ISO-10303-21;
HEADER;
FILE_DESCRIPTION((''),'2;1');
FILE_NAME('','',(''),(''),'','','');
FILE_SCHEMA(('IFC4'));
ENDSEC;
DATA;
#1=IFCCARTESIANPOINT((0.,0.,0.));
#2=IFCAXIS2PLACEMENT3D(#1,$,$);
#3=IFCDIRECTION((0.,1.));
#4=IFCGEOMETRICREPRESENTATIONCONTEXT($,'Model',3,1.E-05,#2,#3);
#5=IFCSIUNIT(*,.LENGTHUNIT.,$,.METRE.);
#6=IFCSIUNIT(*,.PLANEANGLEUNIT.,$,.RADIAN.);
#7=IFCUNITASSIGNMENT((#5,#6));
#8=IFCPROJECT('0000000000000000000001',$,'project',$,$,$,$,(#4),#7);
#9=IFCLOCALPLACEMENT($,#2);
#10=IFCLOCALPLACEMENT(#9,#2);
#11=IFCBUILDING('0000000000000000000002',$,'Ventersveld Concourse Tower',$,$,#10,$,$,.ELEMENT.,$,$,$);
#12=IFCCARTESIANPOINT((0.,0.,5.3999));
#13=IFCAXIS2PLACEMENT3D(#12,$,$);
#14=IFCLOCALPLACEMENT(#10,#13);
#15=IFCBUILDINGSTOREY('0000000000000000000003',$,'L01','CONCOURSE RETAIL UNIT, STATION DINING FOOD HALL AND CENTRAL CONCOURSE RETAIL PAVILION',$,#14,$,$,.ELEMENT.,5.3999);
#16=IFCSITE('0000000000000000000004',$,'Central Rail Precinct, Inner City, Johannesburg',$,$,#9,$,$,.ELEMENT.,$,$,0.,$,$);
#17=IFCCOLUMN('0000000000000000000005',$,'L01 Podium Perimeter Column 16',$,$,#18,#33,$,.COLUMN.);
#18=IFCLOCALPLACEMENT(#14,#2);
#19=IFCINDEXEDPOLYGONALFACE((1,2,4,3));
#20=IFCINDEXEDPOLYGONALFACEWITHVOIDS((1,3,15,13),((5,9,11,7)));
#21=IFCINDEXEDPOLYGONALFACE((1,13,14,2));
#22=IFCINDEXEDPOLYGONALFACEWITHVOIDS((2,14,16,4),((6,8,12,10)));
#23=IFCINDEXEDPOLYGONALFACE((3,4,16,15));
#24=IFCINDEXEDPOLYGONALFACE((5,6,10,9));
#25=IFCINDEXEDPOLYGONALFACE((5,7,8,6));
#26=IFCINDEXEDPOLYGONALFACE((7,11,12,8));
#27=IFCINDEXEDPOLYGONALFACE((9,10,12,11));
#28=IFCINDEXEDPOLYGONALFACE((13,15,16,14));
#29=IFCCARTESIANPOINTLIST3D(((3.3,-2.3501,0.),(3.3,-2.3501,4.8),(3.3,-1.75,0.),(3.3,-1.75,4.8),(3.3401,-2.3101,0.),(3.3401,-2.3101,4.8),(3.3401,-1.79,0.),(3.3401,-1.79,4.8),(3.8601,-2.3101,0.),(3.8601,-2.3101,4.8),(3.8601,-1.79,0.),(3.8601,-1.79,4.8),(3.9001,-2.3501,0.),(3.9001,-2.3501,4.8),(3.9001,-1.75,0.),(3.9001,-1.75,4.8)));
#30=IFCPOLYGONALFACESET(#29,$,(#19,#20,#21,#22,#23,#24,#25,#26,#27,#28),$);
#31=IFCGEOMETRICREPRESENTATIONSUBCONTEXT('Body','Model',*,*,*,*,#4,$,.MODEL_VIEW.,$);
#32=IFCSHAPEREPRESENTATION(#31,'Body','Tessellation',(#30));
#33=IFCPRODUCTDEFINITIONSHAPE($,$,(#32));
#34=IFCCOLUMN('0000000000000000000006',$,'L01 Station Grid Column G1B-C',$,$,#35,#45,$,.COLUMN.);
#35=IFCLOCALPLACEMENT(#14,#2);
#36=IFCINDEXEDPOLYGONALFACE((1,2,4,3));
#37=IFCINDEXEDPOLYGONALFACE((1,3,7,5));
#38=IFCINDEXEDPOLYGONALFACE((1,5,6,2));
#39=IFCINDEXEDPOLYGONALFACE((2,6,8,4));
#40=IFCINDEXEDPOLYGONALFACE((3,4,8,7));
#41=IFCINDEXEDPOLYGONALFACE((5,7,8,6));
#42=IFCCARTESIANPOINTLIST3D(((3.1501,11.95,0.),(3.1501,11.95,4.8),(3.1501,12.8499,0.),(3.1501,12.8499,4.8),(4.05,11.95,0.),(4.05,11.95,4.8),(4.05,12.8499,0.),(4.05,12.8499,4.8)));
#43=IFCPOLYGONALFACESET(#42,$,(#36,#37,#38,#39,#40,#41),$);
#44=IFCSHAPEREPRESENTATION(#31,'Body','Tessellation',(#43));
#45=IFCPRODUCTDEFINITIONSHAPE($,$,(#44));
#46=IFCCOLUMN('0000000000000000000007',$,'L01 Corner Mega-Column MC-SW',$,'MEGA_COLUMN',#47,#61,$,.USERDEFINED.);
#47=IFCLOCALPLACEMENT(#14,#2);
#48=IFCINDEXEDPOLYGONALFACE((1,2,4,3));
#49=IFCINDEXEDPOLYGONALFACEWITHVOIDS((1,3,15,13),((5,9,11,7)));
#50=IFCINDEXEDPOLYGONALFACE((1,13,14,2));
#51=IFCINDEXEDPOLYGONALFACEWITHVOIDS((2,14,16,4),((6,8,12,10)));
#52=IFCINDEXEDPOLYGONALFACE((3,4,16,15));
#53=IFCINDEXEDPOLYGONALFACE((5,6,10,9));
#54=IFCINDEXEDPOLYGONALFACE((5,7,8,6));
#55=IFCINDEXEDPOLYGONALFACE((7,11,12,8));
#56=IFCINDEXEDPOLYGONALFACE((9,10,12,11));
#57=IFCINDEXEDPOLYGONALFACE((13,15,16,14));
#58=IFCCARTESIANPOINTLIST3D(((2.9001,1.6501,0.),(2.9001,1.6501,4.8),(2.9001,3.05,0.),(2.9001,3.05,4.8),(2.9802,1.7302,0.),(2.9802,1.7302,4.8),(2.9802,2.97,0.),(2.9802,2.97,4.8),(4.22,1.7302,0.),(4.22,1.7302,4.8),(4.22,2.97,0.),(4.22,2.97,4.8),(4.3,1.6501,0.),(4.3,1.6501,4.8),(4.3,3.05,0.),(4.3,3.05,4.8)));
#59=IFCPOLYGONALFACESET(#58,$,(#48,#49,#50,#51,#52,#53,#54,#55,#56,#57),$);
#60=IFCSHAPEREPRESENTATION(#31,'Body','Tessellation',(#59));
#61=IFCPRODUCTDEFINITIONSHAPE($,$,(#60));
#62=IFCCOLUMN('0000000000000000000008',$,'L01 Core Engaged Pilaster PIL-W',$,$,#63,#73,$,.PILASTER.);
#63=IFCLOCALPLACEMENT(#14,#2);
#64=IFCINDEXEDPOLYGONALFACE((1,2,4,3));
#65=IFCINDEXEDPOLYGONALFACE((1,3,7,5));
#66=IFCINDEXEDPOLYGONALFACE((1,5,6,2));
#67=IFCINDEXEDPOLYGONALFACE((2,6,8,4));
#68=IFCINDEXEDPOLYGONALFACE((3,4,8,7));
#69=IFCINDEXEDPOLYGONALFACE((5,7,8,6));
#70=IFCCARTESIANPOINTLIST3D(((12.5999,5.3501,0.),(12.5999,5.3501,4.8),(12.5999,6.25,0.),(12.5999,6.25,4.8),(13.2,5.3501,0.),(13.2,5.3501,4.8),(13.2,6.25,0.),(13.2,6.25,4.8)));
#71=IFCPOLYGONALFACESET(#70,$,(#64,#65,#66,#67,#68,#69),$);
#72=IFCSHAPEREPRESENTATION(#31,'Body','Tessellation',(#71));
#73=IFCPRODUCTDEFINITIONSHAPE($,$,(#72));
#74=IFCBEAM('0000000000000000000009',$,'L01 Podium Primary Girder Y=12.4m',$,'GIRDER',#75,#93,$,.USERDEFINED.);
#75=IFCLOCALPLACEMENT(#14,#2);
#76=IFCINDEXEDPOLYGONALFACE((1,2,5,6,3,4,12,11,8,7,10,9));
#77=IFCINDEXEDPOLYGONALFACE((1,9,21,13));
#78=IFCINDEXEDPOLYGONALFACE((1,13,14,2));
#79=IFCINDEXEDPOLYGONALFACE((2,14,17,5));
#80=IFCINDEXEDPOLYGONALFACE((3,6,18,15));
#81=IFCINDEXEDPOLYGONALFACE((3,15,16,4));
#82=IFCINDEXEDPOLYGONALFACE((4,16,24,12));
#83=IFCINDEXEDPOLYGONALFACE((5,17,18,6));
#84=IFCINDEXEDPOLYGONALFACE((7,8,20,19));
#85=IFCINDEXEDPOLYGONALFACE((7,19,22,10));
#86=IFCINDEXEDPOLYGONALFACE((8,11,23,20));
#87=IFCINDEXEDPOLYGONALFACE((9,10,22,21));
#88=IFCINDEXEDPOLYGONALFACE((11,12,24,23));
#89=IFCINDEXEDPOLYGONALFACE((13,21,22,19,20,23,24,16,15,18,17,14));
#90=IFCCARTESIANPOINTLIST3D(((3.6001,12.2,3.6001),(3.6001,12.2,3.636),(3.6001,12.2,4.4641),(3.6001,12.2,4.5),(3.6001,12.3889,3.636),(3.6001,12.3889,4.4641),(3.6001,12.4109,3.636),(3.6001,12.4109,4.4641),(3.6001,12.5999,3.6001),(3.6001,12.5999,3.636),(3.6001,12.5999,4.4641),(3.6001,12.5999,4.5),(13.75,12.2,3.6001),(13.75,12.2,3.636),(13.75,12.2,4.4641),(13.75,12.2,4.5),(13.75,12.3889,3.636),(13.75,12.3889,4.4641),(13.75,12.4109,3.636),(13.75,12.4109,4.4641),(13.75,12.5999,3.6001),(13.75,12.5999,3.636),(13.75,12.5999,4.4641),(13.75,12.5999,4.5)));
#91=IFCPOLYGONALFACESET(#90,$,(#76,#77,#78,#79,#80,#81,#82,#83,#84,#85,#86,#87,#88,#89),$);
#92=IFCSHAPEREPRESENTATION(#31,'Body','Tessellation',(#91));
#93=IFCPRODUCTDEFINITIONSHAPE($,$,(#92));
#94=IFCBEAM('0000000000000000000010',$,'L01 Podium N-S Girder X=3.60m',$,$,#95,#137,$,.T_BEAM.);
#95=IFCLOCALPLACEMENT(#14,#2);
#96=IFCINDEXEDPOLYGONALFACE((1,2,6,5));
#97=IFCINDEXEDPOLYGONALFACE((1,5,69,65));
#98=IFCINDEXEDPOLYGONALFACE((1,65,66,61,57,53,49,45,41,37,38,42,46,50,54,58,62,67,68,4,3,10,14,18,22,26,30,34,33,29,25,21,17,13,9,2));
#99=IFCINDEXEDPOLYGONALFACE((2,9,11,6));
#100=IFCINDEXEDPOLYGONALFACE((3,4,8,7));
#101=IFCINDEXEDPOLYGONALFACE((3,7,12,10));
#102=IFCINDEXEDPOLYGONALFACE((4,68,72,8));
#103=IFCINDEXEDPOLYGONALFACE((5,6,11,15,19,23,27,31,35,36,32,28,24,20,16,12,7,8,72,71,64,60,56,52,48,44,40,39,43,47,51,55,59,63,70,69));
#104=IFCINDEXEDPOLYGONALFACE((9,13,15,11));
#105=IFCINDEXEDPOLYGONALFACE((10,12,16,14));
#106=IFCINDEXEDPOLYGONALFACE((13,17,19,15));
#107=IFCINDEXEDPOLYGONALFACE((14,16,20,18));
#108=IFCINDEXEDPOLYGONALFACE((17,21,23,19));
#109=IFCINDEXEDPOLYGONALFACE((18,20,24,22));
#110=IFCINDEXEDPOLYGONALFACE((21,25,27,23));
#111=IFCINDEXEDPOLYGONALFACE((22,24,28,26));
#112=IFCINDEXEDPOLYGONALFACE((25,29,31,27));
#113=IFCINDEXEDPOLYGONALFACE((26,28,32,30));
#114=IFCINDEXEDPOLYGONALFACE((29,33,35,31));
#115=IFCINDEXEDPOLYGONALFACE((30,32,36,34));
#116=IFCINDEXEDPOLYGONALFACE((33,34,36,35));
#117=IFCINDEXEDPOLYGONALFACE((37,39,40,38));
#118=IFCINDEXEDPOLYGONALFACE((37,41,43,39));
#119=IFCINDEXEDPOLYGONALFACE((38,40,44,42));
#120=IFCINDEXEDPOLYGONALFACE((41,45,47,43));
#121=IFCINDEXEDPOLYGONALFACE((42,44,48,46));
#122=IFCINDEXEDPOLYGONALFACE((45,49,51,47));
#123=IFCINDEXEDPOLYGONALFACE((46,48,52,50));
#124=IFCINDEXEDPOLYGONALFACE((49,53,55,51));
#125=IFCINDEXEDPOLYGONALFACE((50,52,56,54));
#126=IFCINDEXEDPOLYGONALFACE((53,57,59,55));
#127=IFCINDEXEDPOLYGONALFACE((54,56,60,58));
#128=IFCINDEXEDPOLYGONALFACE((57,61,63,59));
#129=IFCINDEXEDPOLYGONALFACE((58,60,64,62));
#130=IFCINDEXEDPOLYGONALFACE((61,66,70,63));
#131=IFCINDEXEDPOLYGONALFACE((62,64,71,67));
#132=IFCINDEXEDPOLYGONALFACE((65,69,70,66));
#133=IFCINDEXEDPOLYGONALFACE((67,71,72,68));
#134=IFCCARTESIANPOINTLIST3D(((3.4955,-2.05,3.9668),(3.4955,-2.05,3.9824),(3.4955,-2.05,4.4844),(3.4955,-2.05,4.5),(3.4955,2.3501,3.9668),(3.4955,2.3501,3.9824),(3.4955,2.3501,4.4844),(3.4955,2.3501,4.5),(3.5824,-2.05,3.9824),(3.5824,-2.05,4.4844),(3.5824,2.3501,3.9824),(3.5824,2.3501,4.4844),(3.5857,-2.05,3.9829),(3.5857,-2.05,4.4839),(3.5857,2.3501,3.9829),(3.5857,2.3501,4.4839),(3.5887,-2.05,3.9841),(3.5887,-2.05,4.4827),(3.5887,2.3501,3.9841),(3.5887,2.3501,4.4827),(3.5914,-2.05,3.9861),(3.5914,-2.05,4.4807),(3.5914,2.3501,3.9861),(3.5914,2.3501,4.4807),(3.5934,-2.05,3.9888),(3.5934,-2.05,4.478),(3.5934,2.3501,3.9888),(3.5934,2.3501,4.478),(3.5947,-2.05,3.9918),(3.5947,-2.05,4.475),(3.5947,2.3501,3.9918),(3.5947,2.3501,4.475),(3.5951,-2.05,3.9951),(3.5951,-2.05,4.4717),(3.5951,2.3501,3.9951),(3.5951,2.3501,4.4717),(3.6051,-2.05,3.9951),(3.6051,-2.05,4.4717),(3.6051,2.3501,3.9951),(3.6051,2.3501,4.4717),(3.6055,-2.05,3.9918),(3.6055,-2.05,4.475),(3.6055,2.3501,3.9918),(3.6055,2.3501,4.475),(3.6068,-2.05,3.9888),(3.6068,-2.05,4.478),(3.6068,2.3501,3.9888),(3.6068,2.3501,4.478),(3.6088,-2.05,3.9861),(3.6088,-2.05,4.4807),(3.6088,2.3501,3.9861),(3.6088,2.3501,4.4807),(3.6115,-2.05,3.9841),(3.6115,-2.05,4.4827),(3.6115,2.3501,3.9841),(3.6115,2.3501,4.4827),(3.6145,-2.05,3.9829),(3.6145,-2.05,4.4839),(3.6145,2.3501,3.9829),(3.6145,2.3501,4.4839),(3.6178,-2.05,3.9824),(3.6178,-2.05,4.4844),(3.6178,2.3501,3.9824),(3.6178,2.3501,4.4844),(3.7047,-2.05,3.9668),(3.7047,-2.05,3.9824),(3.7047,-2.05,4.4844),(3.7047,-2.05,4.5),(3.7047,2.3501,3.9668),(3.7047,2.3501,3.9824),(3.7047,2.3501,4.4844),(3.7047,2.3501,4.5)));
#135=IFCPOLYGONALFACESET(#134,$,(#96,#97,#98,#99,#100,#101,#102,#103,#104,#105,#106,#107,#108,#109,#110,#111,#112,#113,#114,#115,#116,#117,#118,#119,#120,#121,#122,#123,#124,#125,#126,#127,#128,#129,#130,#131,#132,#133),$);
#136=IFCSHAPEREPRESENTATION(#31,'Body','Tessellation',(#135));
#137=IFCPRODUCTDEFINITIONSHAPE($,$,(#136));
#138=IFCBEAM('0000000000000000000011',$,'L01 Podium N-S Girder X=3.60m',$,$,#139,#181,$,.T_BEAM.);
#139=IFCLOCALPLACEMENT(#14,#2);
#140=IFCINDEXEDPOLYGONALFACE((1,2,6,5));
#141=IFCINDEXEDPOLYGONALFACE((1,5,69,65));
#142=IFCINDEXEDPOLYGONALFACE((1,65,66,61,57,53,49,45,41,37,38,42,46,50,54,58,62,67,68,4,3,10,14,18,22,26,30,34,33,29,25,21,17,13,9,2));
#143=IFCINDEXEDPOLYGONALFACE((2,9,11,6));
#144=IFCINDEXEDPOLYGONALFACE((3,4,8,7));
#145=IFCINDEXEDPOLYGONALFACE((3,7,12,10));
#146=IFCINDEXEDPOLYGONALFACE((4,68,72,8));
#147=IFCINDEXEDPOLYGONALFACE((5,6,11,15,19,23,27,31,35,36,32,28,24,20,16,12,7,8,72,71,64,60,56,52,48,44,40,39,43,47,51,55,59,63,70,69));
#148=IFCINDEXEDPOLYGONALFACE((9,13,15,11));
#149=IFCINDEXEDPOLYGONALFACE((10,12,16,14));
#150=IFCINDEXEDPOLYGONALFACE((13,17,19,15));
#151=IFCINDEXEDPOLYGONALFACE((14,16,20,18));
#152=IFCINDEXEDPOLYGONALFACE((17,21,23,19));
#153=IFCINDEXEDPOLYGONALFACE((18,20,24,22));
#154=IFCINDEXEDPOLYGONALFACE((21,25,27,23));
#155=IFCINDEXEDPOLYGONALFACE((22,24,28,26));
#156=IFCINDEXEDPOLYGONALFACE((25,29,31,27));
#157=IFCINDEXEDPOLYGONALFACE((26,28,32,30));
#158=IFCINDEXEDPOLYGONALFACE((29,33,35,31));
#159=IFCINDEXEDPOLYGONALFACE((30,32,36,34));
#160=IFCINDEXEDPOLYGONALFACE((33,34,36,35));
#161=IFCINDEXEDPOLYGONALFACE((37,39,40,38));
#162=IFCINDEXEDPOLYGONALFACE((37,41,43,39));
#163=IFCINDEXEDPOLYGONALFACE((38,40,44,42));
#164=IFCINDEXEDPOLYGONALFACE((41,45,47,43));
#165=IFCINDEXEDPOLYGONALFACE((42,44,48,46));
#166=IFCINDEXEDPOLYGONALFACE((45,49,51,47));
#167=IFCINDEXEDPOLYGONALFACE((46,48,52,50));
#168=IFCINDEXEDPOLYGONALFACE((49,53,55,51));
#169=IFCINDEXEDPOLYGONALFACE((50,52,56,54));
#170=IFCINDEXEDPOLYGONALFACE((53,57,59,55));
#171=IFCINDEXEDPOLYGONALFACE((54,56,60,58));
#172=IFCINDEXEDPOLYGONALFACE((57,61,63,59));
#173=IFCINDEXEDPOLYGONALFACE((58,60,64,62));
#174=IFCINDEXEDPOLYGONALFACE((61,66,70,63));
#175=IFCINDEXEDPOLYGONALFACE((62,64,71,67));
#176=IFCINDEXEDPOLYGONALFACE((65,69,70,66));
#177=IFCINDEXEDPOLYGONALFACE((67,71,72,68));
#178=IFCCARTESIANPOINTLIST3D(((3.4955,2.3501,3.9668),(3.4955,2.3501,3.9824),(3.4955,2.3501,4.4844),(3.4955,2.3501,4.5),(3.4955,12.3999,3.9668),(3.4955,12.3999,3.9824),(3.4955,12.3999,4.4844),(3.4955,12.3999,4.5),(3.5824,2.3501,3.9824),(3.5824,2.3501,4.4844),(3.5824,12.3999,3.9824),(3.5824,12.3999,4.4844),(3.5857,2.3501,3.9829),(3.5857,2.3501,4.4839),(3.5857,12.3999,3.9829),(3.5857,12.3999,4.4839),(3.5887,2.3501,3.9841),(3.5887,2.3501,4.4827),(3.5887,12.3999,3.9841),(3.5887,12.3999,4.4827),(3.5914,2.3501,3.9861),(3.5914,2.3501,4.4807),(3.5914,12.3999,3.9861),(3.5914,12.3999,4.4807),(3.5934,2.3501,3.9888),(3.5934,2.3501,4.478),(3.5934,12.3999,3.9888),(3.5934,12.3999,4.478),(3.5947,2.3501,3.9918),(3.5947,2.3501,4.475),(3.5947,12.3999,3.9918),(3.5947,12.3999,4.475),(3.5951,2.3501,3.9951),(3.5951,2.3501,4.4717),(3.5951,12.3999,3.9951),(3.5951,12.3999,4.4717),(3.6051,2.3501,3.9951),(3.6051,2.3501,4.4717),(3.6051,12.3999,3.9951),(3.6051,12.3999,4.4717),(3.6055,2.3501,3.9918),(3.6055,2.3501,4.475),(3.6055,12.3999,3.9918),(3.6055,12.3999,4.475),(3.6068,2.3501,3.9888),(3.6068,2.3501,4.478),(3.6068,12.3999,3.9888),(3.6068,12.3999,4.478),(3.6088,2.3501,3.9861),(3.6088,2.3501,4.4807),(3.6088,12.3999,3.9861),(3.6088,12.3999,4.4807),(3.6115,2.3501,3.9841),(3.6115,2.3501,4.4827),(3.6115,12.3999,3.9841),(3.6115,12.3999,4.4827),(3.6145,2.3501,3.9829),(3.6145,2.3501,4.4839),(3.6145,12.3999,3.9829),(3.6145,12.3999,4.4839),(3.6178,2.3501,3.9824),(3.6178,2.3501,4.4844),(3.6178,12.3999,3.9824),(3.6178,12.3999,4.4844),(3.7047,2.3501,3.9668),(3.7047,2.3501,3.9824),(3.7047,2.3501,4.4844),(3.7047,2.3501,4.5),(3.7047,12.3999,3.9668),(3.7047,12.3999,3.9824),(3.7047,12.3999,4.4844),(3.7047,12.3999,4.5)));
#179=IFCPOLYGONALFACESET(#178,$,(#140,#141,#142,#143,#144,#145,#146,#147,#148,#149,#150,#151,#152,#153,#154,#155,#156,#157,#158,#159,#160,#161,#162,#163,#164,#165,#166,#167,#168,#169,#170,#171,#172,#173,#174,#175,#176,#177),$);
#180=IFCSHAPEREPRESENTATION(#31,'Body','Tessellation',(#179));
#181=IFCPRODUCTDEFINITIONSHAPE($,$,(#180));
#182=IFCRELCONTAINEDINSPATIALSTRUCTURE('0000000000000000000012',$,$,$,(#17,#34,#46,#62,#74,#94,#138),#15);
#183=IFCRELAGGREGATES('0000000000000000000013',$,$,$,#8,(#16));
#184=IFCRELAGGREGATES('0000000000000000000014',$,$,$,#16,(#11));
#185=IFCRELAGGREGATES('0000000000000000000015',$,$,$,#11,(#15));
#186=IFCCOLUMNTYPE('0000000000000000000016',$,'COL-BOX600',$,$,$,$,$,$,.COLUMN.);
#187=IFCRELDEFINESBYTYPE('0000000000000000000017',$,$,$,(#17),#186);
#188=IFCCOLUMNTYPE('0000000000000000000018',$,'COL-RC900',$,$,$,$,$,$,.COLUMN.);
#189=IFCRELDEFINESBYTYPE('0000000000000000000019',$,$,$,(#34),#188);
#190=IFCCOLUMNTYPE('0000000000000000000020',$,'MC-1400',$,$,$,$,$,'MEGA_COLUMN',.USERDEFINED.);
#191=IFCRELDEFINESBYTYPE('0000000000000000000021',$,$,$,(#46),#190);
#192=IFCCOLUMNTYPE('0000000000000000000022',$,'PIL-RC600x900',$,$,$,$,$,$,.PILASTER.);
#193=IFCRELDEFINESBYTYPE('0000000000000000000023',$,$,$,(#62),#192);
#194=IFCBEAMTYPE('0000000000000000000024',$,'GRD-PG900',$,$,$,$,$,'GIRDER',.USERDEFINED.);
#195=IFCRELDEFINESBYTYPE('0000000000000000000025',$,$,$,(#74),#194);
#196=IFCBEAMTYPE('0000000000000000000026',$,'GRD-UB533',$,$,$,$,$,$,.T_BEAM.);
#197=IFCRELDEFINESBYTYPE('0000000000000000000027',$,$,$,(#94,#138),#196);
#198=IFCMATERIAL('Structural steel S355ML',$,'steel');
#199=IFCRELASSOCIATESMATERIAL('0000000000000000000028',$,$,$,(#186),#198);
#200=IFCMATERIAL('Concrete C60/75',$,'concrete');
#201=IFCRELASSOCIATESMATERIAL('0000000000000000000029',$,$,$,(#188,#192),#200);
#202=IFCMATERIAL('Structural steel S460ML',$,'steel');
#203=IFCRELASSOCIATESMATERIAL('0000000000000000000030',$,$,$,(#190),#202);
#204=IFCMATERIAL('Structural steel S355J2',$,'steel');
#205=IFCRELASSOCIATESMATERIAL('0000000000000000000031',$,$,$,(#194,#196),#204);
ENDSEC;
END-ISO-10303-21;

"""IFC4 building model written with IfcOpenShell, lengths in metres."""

from ifc_helpers import new_model, si_unit, direction, frame, origin, origin_2d, place, context, subcontext, project, spatial, rectangle, hollow_rectangle, i_section, extrude, material, material_profile, profile_set, type_object, element, save


model = new_model("IFC4")

# Units and contexts
model_context = context("Model", 3, precision=1e-05, world=origin(), true_north=direction((0.0, 1.0)))
body_context = subcontext(model_context, "Body", "Model", "MODEL_VIEW")
ifc_project = project(units=[si_unit("LENGTHUNIT", "METRE"), si_unit("PLANEANGLEUNIT", "RADIAN")], contexts=[model_context])

# Site, building, storey
site_placement = place(None, origin())
site = spatial("IfcSite", under=ifc_project, at=site_placement, Name="Central Rail Precinct, Inner City, Johannesburg", CompositionType="ELEMENT", RefElevation=0.0)
building_placement = place(site_placement, origin())
building = spatial("IfcBuilding", under=site, at=building_placement, Name="Ventersveld Concourse Tower", CompositionType="ELEMENT")
storey_placement = place(building_placement, frame((0.0, 0.0, 5.3999)))
storey = spatial("IfcBuildingStorey", under=building, at=storey_placement, Name="L01", Description="CONCOURSE RETAIL UNIT, STATION DINING FOOD HALL AND CENTRAL CONCOURSE RETAIL PAVILION", CompositionType="ELEMENT", Elevation=5.3999)

# Columns
ifc_material_1 = material(Name="Structural steel S355ML", Category="steel")
ifc_material_profile_1 = material_profile(ifc_material_1, hollow_rectangle(XDim=0.6001, YDim=0.6001, WallThickness=0.04, at=origin_2d()), Name="BOX 600x600x40")
ifc_profile_set_1 = profile_set([ifc_material_profile_1], Name="Structural steel S355ML")
column_type_1 = type_object("IfcColumnType", Name="COL-BOX600", PredefinedType="COLUMN", material=ifc_profile_set_1)
column_1_placement = place(storey_placement, frame((3.6001, -2.05, 0.0), z_axis=(0.0, 0.0, 1.0), x_axis=(1.0, 0.0, 0.0)))
element("IfcColumn", 1, at=column_1_placement, inside=storey, type_object=column_type_1, Name="L01 Podium Perimeter Column 16", PredefinedType="COLUMN", context=body_context, shape_type="SweptSolid", body=[
    extrude(hollow_rectangle(XDim=0.6001, YDim=0.6001, WallThickness=0.04, at=origin_2d()), origin(), (0.0, 0.0, 1.0), 4.8),
])
ifc_material_2 = material(Name="Concrete C60/75", Category="concrete")
ifc_material_profile_2 = material_profile(ifc_material_2, rectangle(XDim=0.8999, YDim=0.8999, at=origin_2d()), Name="RC 900x900")
ifc_profile_set_2 = profile_set([ifc_material_profile_2], Name="Concrete C60/75")
column_type_2 = type_object("IfcColumnType", Name="COL-RC900", PredefinedType="COLUMN", material=ifc_profile_set_2)
column_2_placement = place(storey_placement, frame((3.6001, 12.3999, 0.0), z_axis=(0.0, 0.0, 1.0), x_axis=(1.0, 0.0, 0.0)))
element("IfcColumn", 2, at=column_2_placement, inside=storey, type_object=column_type_2, Name="L01 Station Grid Column G1B-C", PredefinedType="COLUMN", context=body_context, shape_type="SweptSolid", body=[
    extrude(rectangle(XDim=0.8999, YDim=0.8999, at=origin_2d()), origin(), (0.0, 0.0, 1.0), 4.8),
])
ifc_material_3 = material(Name="Structural steel S460ML", Category="steel")
ifc_material_profile_3 = material_profile(ifc_material_3, hollow_rectangle(XDim=1.3999, YDim=1.3999, WallThickness=0.0801, at=origin_2d()), Name="BOX 1400x1400x80")
ifc_profile_set_3 = profile_set([ifc_material_profile_3], Name="Structural steel S460ML")
column_type_3 = type_object("IfcColumnType", Name="MC-1400", ElementType="MEGA_COLUMN", PredefinedType="USERDEFINED", material=ifc_profile_set_3)
column_3_placement = place(storey_placement, frame((3.6001, 2.3501, 0.0), z_axis=(0.0, 0.0, 1.0), x_axis=(1.0, 0.0, 0.0)))
element("IfcColumn", 3, at=column_3_placement, inside=storey, type_object=column_type_3, Name="L01 Corner Mega-Column MC-SW", ObjectType="MEGA_COLUMN", PredefinedType="USERDEFINED", context=body_context, shape_type="SweptSolid", body=[
    extrude(hollow_rectangle(XDim=1.3999, YDim=1.3999, WallThickness=0.0801, at=origin_2d()), origin(), (0.0, 0.0, 1.0), 4.8),
])
ifc_material_profile_4 = material_profile(ifc_material_2, rectangle(XDim=0.6001, YDim=0.8999, at=origin_2d()), Name="RC 600x900")
ifc_profile_set_4 = profile_set([ifc_material_profile_4], Name="Concrete C60/75")
column_type_4 = type_object("IfcColumnType", Name="PIL-RC600x900", PredefinedType="PILASTER", material=ifc_profile_set_4)
column_4_placement = place(storey_placement, frame((12.8999, 5.8, 0.0), z_axis=(0.0, 0.0, 1.0), x_axis=(1.0, 0.0, 0.0)))
element("IfcColumn", 4, at=column_4_placement, inside=storey, type_object=column_type_4, Name="L01 Core Engaged Pilaster PIL-W", PredefinedType="PILASTER", context=body_context, shape_type="SweptSolid", body=[
    extrude(rectangle(XDim=0.6001, YDim=0.8999, at=origin_2d()), origin(), (0.0, 0.0, 1.0), 4.8),
])

# Beams
ifc_material_4 = material(Name="Structural steel S355J2", Category="steel")
ifc_material_profile_5 = material_profile(ifc_material_4, i_section(OverallWidth=0.3999, OverallDepth=0.8999, WebThickness=0.022, FlangeThickness=0.0359, at=origin_2d()), Name="PG 900x400x36")
ifc_profile_set_5 = profile_set([ifc_material_profile_5], Name="Structural steel S355J2")
beam_type_1 = type_object("IfcBeamType", Name="GRD-PG900", ElementType="GIRDER", PredefinedType="USERDEFINED", material=ifc_profile_set_5)
beam_1_placement = place(storey_placement, frame((3.6001, 12.3999, 4.05), z_axis=(1.0, 0.0, 0.0), x_axis=(0.0, 1.0, 0.0)))
element("IfcBeam", 5, at=beam_1_placement, inside=storey, type_object=beam_type_1, Name="L01 Podium Primary Girder Y=12.4m", ObjectType="GIRDER", PredefinedType="USERDEFINED", context=body_context, shape_type="SweptSolid", body=[
    extrude(i_section(OverallWidth=0.3999, OverallDepth=0.8999, WebThickness=0.022, FlangeThickness=0.0359, at=origin_2d()), origin(), (0.0, 0.0, 1.0), 10.1499),
])
ifc_material_profile_6 = material_profile(ifc_material_4, i_section(OverallWidth=0.2092, OverallDepth=0.5332, WebThickness=0.01, FlangeThickness=0.0156, FilletRadius=0.0127, at=origin_2d()), Name="UB 533x210x92")
ifc_profile_set_6 = profile_set([ifc_material_profile_6], Name="Structural steel S355J2")
beam_type_2 = type_object("IfcBeamType", Name="GRD-UB533", PredefinedType="T_BEAM", material=ifc_profile_set_6)
beam_2_placement = place(storey_placement, frame((3.6001, -2.05, 4.2334), z_axis=(0.0, 1.0, 0.0), x_axis=(-1.0, 0.0, 0.0)))
element("IfcBeam", 6, at=beam_2_placement, inside=storey, type_object=beam_type_2, Name="L01 Podium N-S Girder X=3.60m", PredefinedType="T_BEAM", context=body_context, shape_type="SweptSolid", body=[
    extrude(i_section(OverallWidth=0.2092, OverallDepth=0.5332, WebThickness=0.01, FlangeThickness=0.0156, FilletRadius=0.0127, at=origin_2d()), origin(), (0.0, 0.0, 1.0), 4.4001),
])
beam_3_placement = place(storey_placement, frame((3.6001, 2.3501, 4.2334), z_axis=(0.0, 1.0, 0.0), x_axis=(-1.0, 0.0, 0.0)))
element("IfcBeam", 7, at=beam_3_placement, inside=storey, type_object=beam_type_2, Name="L01 Podium N-S Girder X=3.60m", PredefinedType="T_BEAM", context=body_context, shape_type="SweptSolid", body=[
    extrude(i_section(OverallWidth=0.2092, OverallDepth=0.5332, WebThickness=0.01, FlangeThickness=0.0156, FilletRadius=0.0127, at=origin_2d()), origin(), (0.0, 0.0, 1.0), 10.0498),
])

save(model, "model.ifc")
